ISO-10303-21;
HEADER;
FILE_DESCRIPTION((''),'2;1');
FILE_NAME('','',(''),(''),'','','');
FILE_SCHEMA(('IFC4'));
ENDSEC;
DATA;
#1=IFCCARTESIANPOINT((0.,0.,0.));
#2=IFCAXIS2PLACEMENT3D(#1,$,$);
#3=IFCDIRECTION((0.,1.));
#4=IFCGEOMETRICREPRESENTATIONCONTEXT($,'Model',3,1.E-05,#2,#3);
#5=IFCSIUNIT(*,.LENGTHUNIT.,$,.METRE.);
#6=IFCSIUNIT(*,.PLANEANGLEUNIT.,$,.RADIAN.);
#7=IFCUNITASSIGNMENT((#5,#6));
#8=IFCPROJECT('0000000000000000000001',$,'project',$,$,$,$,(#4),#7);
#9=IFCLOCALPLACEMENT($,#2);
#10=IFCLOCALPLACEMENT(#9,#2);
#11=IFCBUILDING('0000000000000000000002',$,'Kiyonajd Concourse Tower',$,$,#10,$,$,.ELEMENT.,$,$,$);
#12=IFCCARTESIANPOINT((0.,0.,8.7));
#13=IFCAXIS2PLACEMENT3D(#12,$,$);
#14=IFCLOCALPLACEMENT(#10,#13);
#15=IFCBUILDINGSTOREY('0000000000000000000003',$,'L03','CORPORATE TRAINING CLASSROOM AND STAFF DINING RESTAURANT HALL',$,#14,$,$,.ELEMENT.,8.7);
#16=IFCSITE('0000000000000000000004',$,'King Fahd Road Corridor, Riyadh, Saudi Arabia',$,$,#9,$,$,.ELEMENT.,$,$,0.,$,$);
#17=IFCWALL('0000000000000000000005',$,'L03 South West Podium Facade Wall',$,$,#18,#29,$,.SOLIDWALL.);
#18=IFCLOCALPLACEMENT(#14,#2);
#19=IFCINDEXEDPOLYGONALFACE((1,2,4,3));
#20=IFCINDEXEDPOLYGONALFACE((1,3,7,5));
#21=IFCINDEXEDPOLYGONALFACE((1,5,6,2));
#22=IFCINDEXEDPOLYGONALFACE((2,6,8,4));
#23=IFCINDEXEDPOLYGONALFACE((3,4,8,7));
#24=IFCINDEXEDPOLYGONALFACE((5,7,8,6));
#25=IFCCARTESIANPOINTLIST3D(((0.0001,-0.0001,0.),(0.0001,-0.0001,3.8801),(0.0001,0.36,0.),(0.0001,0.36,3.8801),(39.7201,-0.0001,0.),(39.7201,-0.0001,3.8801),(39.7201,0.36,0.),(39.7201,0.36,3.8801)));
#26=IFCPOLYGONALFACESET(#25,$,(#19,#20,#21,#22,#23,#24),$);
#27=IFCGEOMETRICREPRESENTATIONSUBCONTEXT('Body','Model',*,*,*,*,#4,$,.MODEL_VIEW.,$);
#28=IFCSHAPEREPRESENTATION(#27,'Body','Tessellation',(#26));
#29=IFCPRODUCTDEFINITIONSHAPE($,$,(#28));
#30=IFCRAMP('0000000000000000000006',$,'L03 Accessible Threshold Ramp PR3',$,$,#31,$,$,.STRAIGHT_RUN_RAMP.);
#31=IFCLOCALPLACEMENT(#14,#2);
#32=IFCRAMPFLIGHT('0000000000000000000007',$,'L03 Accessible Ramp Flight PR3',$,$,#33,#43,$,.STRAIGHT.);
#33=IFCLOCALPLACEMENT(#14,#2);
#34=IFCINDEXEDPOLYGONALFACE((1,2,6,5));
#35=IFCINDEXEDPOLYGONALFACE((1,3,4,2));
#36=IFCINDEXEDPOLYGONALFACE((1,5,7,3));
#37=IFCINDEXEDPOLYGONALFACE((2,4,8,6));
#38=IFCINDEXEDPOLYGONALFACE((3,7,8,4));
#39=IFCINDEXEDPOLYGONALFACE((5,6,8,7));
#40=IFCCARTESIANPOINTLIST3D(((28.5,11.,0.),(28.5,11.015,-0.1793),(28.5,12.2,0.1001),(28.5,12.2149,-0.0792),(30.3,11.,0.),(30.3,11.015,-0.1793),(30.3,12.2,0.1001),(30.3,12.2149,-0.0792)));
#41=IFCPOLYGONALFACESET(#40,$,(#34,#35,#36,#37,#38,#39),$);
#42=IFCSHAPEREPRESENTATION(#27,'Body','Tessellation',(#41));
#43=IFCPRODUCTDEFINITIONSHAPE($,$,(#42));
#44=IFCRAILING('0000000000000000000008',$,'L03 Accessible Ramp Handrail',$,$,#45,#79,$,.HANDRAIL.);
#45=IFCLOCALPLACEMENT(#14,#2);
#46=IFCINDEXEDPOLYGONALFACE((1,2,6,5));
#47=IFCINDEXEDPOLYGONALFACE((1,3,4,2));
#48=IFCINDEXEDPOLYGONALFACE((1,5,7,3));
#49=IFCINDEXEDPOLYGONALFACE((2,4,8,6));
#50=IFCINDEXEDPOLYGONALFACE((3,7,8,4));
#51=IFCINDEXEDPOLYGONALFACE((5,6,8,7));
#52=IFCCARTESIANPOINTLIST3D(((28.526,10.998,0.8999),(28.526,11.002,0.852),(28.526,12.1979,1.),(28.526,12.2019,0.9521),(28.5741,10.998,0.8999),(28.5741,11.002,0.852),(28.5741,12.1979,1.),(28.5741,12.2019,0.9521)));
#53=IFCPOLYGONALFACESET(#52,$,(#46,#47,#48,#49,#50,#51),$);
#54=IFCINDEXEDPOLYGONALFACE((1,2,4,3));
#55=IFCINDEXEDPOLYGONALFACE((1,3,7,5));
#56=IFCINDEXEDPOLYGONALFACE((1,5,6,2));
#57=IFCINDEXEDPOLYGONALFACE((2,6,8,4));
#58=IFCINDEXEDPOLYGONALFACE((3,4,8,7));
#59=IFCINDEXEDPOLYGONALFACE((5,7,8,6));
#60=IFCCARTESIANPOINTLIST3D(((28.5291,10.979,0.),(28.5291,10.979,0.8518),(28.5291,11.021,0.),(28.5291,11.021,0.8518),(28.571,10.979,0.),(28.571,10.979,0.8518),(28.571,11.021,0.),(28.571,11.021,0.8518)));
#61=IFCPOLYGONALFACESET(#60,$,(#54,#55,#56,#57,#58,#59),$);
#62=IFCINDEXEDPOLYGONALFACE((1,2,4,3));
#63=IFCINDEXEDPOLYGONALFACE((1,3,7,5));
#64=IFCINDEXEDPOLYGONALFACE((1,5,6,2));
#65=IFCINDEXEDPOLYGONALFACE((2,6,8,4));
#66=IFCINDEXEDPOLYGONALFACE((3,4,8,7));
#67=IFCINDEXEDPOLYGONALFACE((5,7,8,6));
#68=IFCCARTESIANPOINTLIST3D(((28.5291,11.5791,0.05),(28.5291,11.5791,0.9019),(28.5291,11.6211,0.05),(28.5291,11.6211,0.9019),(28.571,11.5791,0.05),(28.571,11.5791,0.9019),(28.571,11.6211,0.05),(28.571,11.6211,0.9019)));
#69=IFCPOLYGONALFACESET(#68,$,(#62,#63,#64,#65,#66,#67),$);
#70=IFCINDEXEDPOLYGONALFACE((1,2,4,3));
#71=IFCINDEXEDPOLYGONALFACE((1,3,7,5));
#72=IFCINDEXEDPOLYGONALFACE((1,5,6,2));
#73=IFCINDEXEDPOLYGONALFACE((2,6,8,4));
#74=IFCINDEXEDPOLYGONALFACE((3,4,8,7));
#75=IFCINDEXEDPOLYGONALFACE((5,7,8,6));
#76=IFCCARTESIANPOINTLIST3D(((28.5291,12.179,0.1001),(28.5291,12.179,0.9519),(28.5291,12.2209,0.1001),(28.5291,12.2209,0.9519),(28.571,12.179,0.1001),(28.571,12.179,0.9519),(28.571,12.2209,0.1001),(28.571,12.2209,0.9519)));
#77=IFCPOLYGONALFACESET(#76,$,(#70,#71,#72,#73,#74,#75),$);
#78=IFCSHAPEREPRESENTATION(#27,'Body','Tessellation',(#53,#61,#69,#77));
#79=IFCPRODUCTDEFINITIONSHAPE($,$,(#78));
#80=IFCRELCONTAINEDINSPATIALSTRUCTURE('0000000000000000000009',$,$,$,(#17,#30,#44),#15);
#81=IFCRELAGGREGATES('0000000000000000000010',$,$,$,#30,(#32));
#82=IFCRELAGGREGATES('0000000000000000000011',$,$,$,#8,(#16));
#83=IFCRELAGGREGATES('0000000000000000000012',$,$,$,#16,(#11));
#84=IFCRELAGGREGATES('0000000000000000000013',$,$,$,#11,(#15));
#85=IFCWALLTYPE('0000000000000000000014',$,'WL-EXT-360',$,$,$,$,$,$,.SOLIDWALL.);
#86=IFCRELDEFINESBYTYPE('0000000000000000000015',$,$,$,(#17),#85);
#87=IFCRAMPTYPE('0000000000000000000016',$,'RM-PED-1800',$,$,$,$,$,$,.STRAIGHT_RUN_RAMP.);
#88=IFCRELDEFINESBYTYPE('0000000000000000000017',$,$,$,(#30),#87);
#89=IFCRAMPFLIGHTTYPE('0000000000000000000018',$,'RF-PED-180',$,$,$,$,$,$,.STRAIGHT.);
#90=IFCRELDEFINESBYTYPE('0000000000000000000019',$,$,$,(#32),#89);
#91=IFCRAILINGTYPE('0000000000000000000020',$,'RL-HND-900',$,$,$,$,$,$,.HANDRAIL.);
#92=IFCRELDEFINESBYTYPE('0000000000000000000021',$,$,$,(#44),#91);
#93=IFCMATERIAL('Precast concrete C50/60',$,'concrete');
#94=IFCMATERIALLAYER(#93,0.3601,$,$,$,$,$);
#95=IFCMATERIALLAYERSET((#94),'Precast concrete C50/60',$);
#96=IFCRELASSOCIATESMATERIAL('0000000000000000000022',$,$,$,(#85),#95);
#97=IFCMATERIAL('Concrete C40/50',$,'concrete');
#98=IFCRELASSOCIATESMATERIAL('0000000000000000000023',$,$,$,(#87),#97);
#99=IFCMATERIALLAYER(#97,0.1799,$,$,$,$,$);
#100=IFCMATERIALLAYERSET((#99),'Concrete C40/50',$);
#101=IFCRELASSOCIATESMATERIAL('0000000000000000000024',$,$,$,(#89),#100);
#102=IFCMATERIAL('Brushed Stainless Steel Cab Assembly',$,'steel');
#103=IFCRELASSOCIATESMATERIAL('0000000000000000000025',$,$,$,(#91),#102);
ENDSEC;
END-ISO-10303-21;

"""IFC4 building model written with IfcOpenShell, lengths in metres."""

from ifc_helpers import new_model, si_unit, direction, frame, frame_2d, origin, origin_2d, place, context, subcontext, project, spatial, polyline, rectangle, outline, extrude, material, layer, layer_set, type_object, element, aggregate, save


model = new_model("IFC4")

# Units and contexts
model_context = context("Model", 3, precision=1e-05, world=origin(), true_north=direction((0.0, 1.0)))
body_context = subcontext(model_context, "Body", "Model", "MODEL_VIEW")
ifc_project = project(units=[si_unit("LENGTHUNIT", "METRE"), si_unit("PLANEANGLEUNIT", "RADIAN")], contexts=[model_context])

# Site, building, storey
site_placement = place(None, origin())
site = spatial("IfcSite", under=ifc_project, at=site_placement, Name="King Fahd Road Corridor, Riyadh, Saudi Arabia", CompositionType="ELEMENT", RefElevation=0.0)
building_placement = place(site_placement, origin())
building = spatial("IfcBuilding", under=site, at=building_placement, Name="Kiyonajd Concourse Tower", CompositionType="ELEMENT")
storey_placement = place(building_placement, frame((0.0, 0.0, 8.7)))
storey = spatial("IfcBuildingStorey", under=building, at=storey_placement, Name="L03", Description="CORPORATE TRAINING CLASSROOM AND STAFF DINING RESTAURANT HALL", CompositionType="ELEMENT", Elevation=8.7)

# Wall
ifc_material_1 = material(Name="Precast concrete C50/60", Category="concrete")
ifc_layer_1 = layer(ifc_material_1, 0.3601)
ifc_layer_set_1 = layer_set([ifc_layer_1], Name="Precast concrete C50/60")
wall_type = type_object("IfcWallType", Name="WL-EXT-360", PredefinedType="SOLIDWALL", material=ifc_layer_set_1)
wall_placement = place(storey_placement, frame((39.72, 0.1799, 0.0), z_axis=(0.0, 0.0, 1.0), x_axis=(-1.0, 0.0, 0.0)))
element("IfcWall", 1, at=wall_placement, inside=storey, type_object=wall_type, Name="L03 South West Podium Facade Wall", PredefinedType="SOLIDWALL", context=body_context, shape_type="SweptSolid", body=[
    extrude(rectangle(XDim=39.72, YDim=0.3601, at=frame_2d((19.8599, 0.0))), origin(), (0.0, 0.0, 1.0), 3.8801),
])

# Ramp, ramp flight
ifc_material_2 = material(Name="Concrete C40/50", Category="concrete")
ramp_type = type_object("IfcRampType", Name="RM-PED-1800", PredefinedType="STRAIGHT_RUN_RAMP", material=ifc_material_2)
ramp_placement = place(storey_placement, origin())
ramp = element("IfcRamp", 2, at=ramp_placement, inside=storey, type_object=ramp_type, Name="L03 Accessible Threshold Ramp PR3", PredefinedType="STRAIGHT_RUN_RAMP")
ifc_layer_2 = layer(ifc_material_2, 0.1799)
ifc_layer_set_2 = layer_set([ifc_layer_2], Name="Concrete C40/50")
ramp_flight_type = type_object("IfcRampFlightType", Name="RF-PED-180", PredefinedType="STRAIGHT", material=ifc_layer_set_2)
ramp_flight_placement = place(storey_placement, frame((28.5, 11.0, 0.0), z_axis=(0.0, -0.083129, 0.996539), x_axis=(1.0, 0.0, 0.0)))
ramp_flight = element("IfcRampFlight", 3, at=ramp_flight_placement, type_object=ramp_flight_type, Name="L03 Accessible Ramp Flight PR3", PredefinedType="STRAIGHT", context=body_context, shape_type="SweptSolid", body=[
    extrude(outline(polyline([(0.0, 0.0), (1.8, 0.0), (1.8, 1.2041), (0.0, 1.2041), (0.0, 0.0)])), origin(), (0.0, 0.0, -1.0), 0.1799),
])
aggregate(ramp, [ramp_flight])

# Railing
ifc_material_3 = material(Name="Brushed Stainless Steel Cab Assembly", Category="steel")
railing_type = type_object("IfcRailingType", Name="RL-HND-900", PredefinedType="HANDRAIL", material=ifc_material_3)
railing_placement = place(storey_placement, frame((28.55, 11.0, 0.0)))
element("IfcRailing", 4, at=railing_placement, inside=storey, type_object=railing_type, Name="L03 Accessible Ramp Handrail", PredefinedType="HANDRAIL", context=body_context, shape_type="SweptSolid", body=[
    extrude(rectangle(XDim=0.0481, YDim=0.0481, at=origin_2d()), frame((0.0, 0.0, 0.876), z_axis=(0.0, 0.996539, 0.083129), x_axis=(-1.0, 0.0, 0.0)), (0.0, 0.0, 1.0), 1.2041),
    extrude(rectangle(XDim=0.042, YDim=0.042, at=origin_2d()), origin(), (0.0, 0.0, 1.0), 0.8518),
    extrude(rectangle(XDim=0.042, YDim=0.042, at=origin_2d()), frame((0.0, 0.6001, 0.05)), (0.0, 0.0, 1.0), 0.8518),
    extrude(rectangle(XDim=0.042, YDim=0.042, at=origin_2d()), frame((0.0, 1.2, 0.1001)), (0.0, 0.0, 1.0), 0.8518),
])

save(model, "model.ifc")
